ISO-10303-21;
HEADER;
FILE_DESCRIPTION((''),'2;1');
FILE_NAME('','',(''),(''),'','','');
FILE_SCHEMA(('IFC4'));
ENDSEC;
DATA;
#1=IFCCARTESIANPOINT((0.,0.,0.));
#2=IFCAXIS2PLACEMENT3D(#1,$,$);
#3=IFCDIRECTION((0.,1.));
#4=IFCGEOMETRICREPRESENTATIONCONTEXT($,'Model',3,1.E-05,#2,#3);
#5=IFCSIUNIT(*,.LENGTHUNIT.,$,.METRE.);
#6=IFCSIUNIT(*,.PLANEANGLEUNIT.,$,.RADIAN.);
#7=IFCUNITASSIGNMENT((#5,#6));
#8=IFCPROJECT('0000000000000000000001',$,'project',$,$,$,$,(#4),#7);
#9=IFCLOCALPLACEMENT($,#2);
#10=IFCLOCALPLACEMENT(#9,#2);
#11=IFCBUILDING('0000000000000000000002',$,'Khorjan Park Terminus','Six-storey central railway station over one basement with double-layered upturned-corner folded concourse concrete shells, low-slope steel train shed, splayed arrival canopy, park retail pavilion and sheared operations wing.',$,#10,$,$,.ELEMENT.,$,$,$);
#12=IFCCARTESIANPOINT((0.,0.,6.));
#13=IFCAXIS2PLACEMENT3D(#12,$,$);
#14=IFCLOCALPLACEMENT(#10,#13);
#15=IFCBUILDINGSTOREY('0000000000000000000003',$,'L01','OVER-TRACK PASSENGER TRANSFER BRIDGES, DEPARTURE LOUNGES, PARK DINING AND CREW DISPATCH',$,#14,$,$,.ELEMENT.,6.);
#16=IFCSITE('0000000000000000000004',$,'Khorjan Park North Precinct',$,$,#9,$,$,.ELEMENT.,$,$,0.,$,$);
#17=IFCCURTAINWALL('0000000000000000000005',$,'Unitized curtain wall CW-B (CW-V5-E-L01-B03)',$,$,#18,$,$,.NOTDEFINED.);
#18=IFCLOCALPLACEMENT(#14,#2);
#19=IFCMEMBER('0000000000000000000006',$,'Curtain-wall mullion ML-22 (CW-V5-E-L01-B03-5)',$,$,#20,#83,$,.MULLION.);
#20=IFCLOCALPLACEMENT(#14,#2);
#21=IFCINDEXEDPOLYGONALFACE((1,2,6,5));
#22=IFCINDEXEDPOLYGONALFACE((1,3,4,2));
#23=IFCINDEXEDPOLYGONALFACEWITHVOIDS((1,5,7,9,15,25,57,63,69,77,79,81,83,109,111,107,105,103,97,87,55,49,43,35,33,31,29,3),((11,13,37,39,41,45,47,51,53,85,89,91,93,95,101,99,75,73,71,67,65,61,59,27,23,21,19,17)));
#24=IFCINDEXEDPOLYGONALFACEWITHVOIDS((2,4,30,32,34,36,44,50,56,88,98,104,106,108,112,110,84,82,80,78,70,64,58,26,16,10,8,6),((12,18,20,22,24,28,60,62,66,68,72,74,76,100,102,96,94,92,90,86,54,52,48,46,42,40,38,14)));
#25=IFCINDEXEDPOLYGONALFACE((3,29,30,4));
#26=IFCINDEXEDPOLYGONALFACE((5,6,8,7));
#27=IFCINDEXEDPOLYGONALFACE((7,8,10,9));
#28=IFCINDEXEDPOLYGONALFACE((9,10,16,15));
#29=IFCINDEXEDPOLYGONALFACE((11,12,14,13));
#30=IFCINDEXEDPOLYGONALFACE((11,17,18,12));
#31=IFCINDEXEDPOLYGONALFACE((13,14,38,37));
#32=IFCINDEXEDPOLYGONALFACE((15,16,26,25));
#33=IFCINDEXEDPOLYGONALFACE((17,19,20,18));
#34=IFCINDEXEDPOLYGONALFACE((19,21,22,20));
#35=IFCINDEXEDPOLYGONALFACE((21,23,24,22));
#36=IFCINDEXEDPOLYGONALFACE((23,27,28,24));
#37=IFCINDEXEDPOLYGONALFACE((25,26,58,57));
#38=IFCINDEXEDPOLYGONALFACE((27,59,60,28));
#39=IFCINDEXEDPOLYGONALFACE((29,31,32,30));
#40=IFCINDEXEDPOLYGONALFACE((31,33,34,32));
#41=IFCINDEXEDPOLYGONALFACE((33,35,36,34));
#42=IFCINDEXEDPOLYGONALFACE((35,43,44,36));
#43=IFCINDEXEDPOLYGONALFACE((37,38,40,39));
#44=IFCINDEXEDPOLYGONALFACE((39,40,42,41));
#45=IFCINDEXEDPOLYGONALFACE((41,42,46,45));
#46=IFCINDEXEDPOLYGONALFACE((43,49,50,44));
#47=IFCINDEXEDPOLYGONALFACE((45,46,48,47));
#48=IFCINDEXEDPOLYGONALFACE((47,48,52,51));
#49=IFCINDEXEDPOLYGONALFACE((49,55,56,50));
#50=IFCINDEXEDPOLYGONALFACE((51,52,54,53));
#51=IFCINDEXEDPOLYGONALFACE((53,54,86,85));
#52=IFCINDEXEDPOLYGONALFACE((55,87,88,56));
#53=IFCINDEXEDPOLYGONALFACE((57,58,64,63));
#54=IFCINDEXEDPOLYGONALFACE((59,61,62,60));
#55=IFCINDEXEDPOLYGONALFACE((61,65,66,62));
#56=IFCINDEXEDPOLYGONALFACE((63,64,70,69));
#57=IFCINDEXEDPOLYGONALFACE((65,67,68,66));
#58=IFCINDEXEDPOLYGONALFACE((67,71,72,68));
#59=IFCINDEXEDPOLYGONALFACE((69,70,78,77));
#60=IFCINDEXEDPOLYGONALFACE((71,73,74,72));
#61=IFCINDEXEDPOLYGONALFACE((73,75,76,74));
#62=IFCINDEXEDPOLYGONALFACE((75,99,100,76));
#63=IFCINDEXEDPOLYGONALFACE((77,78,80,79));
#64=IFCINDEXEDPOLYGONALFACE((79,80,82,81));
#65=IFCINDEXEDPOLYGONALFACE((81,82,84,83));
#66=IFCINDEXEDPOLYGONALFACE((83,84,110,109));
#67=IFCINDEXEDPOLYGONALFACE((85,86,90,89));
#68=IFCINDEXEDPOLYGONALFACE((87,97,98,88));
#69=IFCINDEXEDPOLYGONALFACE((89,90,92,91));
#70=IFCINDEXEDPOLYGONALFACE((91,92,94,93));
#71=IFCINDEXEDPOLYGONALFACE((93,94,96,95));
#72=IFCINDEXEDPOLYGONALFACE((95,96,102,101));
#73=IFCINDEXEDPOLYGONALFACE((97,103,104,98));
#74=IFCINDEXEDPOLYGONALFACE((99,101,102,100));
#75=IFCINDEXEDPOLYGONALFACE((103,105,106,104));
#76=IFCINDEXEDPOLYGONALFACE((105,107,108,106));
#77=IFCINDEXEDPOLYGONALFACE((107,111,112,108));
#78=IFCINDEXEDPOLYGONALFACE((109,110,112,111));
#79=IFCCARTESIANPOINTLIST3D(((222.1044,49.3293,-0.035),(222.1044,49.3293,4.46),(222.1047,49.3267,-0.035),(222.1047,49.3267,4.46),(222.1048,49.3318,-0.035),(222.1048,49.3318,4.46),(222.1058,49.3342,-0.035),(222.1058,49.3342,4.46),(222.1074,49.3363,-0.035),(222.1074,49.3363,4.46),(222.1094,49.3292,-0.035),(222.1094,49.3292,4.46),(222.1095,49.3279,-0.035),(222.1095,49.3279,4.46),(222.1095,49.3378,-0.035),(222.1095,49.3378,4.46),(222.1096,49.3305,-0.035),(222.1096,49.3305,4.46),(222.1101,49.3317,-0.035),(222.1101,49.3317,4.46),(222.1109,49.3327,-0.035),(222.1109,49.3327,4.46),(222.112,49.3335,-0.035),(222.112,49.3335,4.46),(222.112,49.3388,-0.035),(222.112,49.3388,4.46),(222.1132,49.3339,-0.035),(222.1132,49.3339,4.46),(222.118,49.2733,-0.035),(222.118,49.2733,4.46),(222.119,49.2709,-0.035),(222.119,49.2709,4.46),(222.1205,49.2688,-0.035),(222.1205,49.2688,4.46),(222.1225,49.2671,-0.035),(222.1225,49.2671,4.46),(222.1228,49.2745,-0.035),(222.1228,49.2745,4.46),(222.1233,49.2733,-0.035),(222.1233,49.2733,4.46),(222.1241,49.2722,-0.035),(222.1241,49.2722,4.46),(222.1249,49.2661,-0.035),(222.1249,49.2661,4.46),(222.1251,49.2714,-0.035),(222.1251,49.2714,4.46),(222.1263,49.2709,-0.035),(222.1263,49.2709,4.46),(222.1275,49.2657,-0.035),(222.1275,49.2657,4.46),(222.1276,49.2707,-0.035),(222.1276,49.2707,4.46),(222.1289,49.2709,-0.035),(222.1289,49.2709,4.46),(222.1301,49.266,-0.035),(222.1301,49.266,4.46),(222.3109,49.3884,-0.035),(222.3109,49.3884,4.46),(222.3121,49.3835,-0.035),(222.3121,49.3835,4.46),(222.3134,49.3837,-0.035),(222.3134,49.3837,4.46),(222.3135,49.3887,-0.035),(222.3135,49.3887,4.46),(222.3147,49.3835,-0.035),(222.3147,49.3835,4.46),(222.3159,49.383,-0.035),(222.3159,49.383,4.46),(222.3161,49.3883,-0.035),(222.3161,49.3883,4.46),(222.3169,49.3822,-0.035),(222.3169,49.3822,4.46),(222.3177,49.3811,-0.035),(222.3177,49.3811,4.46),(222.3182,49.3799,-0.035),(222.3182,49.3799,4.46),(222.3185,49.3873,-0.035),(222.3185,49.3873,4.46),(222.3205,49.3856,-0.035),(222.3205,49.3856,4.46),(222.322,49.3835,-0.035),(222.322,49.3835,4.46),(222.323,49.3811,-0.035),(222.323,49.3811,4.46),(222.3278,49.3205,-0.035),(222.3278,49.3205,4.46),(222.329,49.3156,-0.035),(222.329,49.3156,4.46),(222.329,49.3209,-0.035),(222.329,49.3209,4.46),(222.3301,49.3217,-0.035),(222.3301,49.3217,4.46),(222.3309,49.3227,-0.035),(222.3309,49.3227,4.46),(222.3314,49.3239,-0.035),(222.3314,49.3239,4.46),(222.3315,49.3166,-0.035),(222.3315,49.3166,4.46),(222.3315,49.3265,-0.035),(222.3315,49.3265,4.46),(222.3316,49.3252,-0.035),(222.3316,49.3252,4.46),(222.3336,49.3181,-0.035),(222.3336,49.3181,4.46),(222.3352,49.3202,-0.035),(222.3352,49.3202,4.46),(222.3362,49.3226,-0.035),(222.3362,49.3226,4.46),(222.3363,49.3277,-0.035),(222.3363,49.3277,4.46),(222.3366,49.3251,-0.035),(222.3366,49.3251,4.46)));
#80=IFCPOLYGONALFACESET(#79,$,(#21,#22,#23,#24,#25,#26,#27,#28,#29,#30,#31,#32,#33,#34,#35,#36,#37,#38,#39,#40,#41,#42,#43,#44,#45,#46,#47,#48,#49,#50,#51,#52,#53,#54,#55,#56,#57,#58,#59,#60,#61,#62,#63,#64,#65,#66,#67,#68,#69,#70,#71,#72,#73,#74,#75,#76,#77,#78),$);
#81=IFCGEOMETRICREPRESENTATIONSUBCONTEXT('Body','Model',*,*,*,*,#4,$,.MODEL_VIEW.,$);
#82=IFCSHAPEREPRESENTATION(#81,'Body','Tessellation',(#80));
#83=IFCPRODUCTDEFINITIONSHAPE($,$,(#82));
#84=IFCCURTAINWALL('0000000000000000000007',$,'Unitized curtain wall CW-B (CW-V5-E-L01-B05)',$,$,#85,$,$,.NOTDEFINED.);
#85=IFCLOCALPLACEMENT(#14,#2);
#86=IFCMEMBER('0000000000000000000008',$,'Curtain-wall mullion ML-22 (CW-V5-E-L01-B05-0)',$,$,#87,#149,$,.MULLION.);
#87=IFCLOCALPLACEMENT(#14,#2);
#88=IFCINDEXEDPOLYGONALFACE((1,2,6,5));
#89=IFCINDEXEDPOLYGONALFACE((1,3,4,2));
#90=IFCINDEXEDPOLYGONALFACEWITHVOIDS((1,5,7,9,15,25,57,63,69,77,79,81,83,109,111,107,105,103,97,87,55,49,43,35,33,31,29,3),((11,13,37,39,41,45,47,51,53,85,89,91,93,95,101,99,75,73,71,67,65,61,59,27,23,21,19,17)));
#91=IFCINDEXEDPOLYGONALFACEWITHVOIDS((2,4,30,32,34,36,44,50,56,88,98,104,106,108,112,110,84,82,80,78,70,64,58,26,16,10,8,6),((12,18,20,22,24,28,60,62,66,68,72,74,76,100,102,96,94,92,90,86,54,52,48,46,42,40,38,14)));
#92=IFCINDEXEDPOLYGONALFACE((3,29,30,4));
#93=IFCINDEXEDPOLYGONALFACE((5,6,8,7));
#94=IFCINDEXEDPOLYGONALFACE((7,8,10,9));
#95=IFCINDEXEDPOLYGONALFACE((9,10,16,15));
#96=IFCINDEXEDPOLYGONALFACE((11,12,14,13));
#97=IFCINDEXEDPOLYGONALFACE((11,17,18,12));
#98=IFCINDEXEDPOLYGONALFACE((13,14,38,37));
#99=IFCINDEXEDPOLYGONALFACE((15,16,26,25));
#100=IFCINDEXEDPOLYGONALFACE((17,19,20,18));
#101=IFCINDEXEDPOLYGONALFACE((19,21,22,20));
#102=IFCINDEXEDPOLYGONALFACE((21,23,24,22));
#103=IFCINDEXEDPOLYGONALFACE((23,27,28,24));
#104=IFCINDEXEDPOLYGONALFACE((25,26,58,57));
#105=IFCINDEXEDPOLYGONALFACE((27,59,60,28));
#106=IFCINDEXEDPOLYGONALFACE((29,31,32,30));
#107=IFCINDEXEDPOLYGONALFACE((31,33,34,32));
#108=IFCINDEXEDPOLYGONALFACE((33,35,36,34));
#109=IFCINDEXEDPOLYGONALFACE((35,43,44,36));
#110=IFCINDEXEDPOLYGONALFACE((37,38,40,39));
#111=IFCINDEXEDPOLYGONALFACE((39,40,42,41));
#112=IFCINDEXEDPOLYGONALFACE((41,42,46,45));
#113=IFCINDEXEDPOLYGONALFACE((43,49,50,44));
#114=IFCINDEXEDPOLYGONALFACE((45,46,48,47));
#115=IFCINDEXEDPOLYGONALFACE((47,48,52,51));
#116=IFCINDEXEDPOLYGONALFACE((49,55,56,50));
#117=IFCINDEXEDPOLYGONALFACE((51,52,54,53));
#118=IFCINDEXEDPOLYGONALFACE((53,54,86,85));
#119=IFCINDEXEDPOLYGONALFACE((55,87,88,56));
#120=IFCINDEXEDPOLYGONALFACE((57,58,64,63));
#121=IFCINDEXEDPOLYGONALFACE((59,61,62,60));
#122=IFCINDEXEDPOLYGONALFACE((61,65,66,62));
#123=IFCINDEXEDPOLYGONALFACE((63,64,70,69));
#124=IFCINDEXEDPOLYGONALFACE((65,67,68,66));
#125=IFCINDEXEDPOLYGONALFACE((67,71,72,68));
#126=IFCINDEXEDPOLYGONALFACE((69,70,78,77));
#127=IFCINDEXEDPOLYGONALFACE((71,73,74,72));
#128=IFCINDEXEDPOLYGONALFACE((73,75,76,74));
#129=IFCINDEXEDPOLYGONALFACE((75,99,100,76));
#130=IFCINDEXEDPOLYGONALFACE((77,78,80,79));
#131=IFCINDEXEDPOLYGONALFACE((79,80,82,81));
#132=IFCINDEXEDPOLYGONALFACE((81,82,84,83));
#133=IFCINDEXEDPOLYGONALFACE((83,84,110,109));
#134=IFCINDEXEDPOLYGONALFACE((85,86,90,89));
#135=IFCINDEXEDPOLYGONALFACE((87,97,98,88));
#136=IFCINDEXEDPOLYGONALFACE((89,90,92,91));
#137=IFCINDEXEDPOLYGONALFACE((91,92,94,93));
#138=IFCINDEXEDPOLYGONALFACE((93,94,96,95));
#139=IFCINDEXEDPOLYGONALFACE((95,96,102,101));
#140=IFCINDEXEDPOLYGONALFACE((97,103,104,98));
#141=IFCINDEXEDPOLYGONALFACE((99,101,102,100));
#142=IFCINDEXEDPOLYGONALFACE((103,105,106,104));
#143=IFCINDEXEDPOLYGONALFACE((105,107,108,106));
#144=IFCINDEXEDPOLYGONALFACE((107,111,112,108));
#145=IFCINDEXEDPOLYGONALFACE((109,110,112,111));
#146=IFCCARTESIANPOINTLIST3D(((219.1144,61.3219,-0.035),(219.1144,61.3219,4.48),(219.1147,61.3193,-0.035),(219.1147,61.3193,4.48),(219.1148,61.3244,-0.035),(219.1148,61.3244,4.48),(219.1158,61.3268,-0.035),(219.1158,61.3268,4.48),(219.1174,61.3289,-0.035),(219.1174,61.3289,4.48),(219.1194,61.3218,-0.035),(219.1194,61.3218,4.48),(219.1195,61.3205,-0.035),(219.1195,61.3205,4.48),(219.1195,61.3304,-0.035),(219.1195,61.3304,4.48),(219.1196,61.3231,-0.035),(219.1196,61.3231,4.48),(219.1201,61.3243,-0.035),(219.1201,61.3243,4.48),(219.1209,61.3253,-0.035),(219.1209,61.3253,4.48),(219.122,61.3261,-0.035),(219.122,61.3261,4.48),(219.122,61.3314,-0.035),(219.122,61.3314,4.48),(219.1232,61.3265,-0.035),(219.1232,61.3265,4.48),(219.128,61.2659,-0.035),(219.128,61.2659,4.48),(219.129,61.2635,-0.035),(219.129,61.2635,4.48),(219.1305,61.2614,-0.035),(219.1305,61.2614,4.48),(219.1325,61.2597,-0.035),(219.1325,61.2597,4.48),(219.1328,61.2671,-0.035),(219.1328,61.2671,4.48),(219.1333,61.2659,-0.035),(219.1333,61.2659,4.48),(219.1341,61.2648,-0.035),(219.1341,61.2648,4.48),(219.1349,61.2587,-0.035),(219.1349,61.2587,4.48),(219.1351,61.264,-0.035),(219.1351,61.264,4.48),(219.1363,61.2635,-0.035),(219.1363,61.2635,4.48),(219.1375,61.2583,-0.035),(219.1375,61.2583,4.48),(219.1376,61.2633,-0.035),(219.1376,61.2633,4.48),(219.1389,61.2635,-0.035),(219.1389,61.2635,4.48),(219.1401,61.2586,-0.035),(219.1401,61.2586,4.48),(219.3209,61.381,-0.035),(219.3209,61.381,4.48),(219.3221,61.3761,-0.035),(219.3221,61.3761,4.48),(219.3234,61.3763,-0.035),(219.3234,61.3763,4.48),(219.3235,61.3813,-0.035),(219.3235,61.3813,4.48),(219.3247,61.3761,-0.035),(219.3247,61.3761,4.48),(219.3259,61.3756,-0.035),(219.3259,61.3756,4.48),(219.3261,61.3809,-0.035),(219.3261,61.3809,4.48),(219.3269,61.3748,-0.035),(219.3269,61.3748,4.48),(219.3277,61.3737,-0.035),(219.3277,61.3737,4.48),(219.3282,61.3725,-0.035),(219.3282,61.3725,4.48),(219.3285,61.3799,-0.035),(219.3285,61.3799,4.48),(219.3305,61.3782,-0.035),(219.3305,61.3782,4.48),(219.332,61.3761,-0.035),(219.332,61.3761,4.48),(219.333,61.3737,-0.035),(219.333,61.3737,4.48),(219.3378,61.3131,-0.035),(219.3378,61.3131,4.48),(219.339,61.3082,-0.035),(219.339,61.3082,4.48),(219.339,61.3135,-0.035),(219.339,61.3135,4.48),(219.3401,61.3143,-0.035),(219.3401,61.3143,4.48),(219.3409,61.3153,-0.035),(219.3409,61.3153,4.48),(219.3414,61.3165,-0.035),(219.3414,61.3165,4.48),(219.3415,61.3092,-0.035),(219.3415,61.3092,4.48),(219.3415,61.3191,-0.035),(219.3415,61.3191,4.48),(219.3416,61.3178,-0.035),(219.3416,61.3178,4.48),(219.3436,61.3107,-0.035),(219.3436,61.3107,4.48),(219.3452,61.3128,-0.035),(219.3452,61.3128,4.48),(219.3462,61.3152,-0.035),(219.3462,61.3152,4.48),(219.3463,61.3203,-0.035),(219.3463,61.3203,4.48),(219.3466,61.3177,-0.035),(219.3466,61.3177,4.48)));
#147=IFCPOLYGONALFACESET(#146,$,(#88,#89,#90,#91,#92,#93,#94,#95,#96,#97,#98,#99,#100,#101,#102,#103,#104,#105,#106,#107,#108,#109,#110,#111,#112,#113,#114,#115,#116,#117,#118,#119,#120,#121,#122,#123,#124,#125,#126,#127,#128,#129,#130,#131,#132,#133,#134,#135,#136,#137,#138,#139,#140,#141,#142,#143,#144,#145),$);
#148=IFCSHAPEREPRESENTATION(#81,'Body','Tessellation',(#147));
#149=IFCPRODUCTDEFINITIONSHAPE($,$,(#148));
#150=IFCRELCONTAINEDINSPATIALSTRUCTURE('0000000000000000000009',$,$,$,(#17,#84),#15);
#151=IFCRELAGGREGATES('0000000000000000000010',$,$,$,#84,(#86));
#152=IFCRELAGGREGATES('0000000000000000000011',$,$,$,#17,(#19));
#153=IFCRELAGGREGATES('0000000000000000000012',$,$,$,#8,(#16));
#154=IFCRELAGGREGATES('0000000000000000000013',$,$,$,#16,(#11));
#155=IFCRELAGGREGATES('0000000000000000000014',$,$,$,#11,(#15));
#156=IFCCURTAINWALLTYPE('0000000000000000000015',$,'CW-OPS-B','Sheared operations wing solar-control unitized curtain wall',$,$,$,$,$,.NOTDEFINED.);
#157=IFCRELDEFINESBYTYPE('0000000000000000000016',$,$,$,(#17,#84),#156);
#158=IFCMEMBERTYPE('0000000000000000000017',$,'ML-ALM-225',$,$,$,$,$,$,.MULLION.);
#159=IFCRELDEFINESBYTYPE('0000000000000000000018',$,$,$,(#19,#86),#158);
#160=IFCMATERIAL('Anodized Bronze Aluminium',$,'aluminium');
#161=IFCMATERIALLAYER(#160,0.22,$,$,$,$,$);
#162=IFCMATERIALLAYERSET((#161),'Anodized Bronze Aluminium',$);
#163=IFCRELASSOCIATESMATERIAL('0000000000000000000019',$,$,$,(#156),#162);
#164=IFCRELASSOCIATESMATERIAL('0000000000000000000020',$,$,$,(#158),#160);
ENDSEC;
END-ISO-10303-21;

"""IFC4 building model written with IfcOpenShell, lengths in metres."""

from ifc_helpers import new_model, si_unit, direction, frame, origin, origin_2d, place, context, subcontext, project, spatial, hollow_rectangle, extrude, material, layer, layer_set, material_profile, profile_set, type_object, element, aggregate, save


model = new_model("IFC4")

# Units and contexts
model_context = context("Model", 3, precision=1e-05, world=origin(), true_north=direction((0.0, 1.0)))
body_context = subcontext(model_context, "Body", "Model", "MODEL_VIEW")
ifc_project = project(units=[si_unit("LENGTHUNIT", "METRE"), si_unit("PLANEANGLEUNIT", "RADIAN")], contexts=[model_context])

# Site, building, storey
site_placement = place(None, origin())
site = spatial("IfcSite", under=ifc_project, at=site_placement, Name="Khorjan Park North Precinct", CompositionType="ELEMENT", RefElevation=0.0)
building_placement = place(site_placement, origin())
building = spatial("IfcBuilding", under=site, at=building_placement, Name="Khorjan Park Terminus", Description="Six-storey central railway station over one basement with double-layered upturned-corner folded concourse concrete shells, low-slope steel train shed, splayed arrival canopy, park retail pavilion and sheared operations wing.", CompositionType="ELEMENT")
storey_placement = place(building_placement, frame((0.0, 0.0, 6.0)))
storey = spatial("IfcBuildingStorey", under=building, at=storey_placement, Name="L01", Description="OVER-TRACK PASSENGER TRANSFER BRIDGES, DEPARTURE LOUNGES, PARK DINING AND CREW DISPATCH", CompositionType="ELEMENT", Elevation=6.0)

# Curtain wall, member
ifc_material_1 = material(Name="Anodized Bronze Aluminium", Category="aluminium")
ifc_layer_1 = layer(ifc_material_1, 0.22)
ifc_layer_set_1 = layer_set([ifc_layer_1], Name="Anodized Bronze Aluminium")
curtain_wall_type = type_object("IfcCurtainWallType", Name="CW-OPS-B", Description="Sheared operations wing solar-control unitized curtain wall", PredefinedType="NOTDEFINED", material=ifc_layer_set_1)
curtain_wall_1_placement = place(storey_placement, origin())
curtain_wall_1 = element("IfcCurtainWall", 1, at=curtain_wall_1_placement, inside=storey, type_object=curtain_wall_type, Name="Unitized curtain wall CW-B (CW-V5-E-L01-B03)", PredefinedType="NOTDEFINED")
ifc_material_profile_1 = material_profile(ifc_material_1, hollow_rectangle(XDim=0.075, YDim=0.225, WallThickness=0.005, InnerFilletRadius=0.005, OuterFilletRadius=0.01, at=origin_2d()), Name="ALM 75x225x5")
ifc_profile_set_1 = profile_set([ifc_material_profile_1], Name="Anodized Bronze Aluminium")
member_type_1 = type_object("IfcMemberType", Name="ML-ALM-225", PredefinedType="MULLION", material=ifc_profile_set_1)
member_1_placement = place(storey_placement, frame((222.2205, 49.3272, -0.035), z_axis=(0.0, 0.0, 1.0), x_axis=(-0.241923, 0.970295, 0.0)))
member_1 = element("IfcMember", 2, at=member_1_placement, type_object=member_type_1, Name="Curtain-wall mullion ML-22 (CW-V5-E-L01-B03-5)", PredefinedType="MULLION", context=body_context, shape_type="SweptSolid", body=[
    extrude(hollow_rectangle(XDim=0.075, YDim=0.225, WallThickness=0.005, InnerFilletRadius=0.005, OuterFilletRadius=0.01, at=origin_2d()), origin(), (0.0, 0.0, 1.0), 4.495),
])

# Curtain wall, member
curtain_wall_2_placement = place(storey_placement, origin())
curtain_wall_2 = element("IfcCurtainWall", 3, at=curtain_wall_2_placement, inside=storey, type_object=curtain_wall_type, Name="Unitized curtain wall CW-B (CW-V5-E-L01-B05)", PredefinedType="NOTDEFINED")
member_2_placement = place(storey_placement, frame((219.2305, 61.3198, -0.035), z_axis=(0.0, 0.0, 1.0), x_axis=(-0.241935, 0.970292, 0.0)))
member_2 = element("IfcMember", 4, at=member_2_placement, type_object=member_type_1, Name="Curtain-wall mullion ML-22 (CW-V5-E-L01-B05-0)", PredefinedType="MULLION", context=body_context, shape_type="SweptSolid", body=[
    extrude(hollow_rectangle(XDim=0.075, YDim=0.225, WallThickness=0.005, InnerFilletRadius=0.005, OuterFilletRadius=0.01, at=origin_2d()), origin(), (0.0, 0.0, 1.0), 4.515),
])
aggregate(curtain_wall_2, [member_2])

aggregate(curtain_wall_1, [member_1])

save(model, "model.ifc")
